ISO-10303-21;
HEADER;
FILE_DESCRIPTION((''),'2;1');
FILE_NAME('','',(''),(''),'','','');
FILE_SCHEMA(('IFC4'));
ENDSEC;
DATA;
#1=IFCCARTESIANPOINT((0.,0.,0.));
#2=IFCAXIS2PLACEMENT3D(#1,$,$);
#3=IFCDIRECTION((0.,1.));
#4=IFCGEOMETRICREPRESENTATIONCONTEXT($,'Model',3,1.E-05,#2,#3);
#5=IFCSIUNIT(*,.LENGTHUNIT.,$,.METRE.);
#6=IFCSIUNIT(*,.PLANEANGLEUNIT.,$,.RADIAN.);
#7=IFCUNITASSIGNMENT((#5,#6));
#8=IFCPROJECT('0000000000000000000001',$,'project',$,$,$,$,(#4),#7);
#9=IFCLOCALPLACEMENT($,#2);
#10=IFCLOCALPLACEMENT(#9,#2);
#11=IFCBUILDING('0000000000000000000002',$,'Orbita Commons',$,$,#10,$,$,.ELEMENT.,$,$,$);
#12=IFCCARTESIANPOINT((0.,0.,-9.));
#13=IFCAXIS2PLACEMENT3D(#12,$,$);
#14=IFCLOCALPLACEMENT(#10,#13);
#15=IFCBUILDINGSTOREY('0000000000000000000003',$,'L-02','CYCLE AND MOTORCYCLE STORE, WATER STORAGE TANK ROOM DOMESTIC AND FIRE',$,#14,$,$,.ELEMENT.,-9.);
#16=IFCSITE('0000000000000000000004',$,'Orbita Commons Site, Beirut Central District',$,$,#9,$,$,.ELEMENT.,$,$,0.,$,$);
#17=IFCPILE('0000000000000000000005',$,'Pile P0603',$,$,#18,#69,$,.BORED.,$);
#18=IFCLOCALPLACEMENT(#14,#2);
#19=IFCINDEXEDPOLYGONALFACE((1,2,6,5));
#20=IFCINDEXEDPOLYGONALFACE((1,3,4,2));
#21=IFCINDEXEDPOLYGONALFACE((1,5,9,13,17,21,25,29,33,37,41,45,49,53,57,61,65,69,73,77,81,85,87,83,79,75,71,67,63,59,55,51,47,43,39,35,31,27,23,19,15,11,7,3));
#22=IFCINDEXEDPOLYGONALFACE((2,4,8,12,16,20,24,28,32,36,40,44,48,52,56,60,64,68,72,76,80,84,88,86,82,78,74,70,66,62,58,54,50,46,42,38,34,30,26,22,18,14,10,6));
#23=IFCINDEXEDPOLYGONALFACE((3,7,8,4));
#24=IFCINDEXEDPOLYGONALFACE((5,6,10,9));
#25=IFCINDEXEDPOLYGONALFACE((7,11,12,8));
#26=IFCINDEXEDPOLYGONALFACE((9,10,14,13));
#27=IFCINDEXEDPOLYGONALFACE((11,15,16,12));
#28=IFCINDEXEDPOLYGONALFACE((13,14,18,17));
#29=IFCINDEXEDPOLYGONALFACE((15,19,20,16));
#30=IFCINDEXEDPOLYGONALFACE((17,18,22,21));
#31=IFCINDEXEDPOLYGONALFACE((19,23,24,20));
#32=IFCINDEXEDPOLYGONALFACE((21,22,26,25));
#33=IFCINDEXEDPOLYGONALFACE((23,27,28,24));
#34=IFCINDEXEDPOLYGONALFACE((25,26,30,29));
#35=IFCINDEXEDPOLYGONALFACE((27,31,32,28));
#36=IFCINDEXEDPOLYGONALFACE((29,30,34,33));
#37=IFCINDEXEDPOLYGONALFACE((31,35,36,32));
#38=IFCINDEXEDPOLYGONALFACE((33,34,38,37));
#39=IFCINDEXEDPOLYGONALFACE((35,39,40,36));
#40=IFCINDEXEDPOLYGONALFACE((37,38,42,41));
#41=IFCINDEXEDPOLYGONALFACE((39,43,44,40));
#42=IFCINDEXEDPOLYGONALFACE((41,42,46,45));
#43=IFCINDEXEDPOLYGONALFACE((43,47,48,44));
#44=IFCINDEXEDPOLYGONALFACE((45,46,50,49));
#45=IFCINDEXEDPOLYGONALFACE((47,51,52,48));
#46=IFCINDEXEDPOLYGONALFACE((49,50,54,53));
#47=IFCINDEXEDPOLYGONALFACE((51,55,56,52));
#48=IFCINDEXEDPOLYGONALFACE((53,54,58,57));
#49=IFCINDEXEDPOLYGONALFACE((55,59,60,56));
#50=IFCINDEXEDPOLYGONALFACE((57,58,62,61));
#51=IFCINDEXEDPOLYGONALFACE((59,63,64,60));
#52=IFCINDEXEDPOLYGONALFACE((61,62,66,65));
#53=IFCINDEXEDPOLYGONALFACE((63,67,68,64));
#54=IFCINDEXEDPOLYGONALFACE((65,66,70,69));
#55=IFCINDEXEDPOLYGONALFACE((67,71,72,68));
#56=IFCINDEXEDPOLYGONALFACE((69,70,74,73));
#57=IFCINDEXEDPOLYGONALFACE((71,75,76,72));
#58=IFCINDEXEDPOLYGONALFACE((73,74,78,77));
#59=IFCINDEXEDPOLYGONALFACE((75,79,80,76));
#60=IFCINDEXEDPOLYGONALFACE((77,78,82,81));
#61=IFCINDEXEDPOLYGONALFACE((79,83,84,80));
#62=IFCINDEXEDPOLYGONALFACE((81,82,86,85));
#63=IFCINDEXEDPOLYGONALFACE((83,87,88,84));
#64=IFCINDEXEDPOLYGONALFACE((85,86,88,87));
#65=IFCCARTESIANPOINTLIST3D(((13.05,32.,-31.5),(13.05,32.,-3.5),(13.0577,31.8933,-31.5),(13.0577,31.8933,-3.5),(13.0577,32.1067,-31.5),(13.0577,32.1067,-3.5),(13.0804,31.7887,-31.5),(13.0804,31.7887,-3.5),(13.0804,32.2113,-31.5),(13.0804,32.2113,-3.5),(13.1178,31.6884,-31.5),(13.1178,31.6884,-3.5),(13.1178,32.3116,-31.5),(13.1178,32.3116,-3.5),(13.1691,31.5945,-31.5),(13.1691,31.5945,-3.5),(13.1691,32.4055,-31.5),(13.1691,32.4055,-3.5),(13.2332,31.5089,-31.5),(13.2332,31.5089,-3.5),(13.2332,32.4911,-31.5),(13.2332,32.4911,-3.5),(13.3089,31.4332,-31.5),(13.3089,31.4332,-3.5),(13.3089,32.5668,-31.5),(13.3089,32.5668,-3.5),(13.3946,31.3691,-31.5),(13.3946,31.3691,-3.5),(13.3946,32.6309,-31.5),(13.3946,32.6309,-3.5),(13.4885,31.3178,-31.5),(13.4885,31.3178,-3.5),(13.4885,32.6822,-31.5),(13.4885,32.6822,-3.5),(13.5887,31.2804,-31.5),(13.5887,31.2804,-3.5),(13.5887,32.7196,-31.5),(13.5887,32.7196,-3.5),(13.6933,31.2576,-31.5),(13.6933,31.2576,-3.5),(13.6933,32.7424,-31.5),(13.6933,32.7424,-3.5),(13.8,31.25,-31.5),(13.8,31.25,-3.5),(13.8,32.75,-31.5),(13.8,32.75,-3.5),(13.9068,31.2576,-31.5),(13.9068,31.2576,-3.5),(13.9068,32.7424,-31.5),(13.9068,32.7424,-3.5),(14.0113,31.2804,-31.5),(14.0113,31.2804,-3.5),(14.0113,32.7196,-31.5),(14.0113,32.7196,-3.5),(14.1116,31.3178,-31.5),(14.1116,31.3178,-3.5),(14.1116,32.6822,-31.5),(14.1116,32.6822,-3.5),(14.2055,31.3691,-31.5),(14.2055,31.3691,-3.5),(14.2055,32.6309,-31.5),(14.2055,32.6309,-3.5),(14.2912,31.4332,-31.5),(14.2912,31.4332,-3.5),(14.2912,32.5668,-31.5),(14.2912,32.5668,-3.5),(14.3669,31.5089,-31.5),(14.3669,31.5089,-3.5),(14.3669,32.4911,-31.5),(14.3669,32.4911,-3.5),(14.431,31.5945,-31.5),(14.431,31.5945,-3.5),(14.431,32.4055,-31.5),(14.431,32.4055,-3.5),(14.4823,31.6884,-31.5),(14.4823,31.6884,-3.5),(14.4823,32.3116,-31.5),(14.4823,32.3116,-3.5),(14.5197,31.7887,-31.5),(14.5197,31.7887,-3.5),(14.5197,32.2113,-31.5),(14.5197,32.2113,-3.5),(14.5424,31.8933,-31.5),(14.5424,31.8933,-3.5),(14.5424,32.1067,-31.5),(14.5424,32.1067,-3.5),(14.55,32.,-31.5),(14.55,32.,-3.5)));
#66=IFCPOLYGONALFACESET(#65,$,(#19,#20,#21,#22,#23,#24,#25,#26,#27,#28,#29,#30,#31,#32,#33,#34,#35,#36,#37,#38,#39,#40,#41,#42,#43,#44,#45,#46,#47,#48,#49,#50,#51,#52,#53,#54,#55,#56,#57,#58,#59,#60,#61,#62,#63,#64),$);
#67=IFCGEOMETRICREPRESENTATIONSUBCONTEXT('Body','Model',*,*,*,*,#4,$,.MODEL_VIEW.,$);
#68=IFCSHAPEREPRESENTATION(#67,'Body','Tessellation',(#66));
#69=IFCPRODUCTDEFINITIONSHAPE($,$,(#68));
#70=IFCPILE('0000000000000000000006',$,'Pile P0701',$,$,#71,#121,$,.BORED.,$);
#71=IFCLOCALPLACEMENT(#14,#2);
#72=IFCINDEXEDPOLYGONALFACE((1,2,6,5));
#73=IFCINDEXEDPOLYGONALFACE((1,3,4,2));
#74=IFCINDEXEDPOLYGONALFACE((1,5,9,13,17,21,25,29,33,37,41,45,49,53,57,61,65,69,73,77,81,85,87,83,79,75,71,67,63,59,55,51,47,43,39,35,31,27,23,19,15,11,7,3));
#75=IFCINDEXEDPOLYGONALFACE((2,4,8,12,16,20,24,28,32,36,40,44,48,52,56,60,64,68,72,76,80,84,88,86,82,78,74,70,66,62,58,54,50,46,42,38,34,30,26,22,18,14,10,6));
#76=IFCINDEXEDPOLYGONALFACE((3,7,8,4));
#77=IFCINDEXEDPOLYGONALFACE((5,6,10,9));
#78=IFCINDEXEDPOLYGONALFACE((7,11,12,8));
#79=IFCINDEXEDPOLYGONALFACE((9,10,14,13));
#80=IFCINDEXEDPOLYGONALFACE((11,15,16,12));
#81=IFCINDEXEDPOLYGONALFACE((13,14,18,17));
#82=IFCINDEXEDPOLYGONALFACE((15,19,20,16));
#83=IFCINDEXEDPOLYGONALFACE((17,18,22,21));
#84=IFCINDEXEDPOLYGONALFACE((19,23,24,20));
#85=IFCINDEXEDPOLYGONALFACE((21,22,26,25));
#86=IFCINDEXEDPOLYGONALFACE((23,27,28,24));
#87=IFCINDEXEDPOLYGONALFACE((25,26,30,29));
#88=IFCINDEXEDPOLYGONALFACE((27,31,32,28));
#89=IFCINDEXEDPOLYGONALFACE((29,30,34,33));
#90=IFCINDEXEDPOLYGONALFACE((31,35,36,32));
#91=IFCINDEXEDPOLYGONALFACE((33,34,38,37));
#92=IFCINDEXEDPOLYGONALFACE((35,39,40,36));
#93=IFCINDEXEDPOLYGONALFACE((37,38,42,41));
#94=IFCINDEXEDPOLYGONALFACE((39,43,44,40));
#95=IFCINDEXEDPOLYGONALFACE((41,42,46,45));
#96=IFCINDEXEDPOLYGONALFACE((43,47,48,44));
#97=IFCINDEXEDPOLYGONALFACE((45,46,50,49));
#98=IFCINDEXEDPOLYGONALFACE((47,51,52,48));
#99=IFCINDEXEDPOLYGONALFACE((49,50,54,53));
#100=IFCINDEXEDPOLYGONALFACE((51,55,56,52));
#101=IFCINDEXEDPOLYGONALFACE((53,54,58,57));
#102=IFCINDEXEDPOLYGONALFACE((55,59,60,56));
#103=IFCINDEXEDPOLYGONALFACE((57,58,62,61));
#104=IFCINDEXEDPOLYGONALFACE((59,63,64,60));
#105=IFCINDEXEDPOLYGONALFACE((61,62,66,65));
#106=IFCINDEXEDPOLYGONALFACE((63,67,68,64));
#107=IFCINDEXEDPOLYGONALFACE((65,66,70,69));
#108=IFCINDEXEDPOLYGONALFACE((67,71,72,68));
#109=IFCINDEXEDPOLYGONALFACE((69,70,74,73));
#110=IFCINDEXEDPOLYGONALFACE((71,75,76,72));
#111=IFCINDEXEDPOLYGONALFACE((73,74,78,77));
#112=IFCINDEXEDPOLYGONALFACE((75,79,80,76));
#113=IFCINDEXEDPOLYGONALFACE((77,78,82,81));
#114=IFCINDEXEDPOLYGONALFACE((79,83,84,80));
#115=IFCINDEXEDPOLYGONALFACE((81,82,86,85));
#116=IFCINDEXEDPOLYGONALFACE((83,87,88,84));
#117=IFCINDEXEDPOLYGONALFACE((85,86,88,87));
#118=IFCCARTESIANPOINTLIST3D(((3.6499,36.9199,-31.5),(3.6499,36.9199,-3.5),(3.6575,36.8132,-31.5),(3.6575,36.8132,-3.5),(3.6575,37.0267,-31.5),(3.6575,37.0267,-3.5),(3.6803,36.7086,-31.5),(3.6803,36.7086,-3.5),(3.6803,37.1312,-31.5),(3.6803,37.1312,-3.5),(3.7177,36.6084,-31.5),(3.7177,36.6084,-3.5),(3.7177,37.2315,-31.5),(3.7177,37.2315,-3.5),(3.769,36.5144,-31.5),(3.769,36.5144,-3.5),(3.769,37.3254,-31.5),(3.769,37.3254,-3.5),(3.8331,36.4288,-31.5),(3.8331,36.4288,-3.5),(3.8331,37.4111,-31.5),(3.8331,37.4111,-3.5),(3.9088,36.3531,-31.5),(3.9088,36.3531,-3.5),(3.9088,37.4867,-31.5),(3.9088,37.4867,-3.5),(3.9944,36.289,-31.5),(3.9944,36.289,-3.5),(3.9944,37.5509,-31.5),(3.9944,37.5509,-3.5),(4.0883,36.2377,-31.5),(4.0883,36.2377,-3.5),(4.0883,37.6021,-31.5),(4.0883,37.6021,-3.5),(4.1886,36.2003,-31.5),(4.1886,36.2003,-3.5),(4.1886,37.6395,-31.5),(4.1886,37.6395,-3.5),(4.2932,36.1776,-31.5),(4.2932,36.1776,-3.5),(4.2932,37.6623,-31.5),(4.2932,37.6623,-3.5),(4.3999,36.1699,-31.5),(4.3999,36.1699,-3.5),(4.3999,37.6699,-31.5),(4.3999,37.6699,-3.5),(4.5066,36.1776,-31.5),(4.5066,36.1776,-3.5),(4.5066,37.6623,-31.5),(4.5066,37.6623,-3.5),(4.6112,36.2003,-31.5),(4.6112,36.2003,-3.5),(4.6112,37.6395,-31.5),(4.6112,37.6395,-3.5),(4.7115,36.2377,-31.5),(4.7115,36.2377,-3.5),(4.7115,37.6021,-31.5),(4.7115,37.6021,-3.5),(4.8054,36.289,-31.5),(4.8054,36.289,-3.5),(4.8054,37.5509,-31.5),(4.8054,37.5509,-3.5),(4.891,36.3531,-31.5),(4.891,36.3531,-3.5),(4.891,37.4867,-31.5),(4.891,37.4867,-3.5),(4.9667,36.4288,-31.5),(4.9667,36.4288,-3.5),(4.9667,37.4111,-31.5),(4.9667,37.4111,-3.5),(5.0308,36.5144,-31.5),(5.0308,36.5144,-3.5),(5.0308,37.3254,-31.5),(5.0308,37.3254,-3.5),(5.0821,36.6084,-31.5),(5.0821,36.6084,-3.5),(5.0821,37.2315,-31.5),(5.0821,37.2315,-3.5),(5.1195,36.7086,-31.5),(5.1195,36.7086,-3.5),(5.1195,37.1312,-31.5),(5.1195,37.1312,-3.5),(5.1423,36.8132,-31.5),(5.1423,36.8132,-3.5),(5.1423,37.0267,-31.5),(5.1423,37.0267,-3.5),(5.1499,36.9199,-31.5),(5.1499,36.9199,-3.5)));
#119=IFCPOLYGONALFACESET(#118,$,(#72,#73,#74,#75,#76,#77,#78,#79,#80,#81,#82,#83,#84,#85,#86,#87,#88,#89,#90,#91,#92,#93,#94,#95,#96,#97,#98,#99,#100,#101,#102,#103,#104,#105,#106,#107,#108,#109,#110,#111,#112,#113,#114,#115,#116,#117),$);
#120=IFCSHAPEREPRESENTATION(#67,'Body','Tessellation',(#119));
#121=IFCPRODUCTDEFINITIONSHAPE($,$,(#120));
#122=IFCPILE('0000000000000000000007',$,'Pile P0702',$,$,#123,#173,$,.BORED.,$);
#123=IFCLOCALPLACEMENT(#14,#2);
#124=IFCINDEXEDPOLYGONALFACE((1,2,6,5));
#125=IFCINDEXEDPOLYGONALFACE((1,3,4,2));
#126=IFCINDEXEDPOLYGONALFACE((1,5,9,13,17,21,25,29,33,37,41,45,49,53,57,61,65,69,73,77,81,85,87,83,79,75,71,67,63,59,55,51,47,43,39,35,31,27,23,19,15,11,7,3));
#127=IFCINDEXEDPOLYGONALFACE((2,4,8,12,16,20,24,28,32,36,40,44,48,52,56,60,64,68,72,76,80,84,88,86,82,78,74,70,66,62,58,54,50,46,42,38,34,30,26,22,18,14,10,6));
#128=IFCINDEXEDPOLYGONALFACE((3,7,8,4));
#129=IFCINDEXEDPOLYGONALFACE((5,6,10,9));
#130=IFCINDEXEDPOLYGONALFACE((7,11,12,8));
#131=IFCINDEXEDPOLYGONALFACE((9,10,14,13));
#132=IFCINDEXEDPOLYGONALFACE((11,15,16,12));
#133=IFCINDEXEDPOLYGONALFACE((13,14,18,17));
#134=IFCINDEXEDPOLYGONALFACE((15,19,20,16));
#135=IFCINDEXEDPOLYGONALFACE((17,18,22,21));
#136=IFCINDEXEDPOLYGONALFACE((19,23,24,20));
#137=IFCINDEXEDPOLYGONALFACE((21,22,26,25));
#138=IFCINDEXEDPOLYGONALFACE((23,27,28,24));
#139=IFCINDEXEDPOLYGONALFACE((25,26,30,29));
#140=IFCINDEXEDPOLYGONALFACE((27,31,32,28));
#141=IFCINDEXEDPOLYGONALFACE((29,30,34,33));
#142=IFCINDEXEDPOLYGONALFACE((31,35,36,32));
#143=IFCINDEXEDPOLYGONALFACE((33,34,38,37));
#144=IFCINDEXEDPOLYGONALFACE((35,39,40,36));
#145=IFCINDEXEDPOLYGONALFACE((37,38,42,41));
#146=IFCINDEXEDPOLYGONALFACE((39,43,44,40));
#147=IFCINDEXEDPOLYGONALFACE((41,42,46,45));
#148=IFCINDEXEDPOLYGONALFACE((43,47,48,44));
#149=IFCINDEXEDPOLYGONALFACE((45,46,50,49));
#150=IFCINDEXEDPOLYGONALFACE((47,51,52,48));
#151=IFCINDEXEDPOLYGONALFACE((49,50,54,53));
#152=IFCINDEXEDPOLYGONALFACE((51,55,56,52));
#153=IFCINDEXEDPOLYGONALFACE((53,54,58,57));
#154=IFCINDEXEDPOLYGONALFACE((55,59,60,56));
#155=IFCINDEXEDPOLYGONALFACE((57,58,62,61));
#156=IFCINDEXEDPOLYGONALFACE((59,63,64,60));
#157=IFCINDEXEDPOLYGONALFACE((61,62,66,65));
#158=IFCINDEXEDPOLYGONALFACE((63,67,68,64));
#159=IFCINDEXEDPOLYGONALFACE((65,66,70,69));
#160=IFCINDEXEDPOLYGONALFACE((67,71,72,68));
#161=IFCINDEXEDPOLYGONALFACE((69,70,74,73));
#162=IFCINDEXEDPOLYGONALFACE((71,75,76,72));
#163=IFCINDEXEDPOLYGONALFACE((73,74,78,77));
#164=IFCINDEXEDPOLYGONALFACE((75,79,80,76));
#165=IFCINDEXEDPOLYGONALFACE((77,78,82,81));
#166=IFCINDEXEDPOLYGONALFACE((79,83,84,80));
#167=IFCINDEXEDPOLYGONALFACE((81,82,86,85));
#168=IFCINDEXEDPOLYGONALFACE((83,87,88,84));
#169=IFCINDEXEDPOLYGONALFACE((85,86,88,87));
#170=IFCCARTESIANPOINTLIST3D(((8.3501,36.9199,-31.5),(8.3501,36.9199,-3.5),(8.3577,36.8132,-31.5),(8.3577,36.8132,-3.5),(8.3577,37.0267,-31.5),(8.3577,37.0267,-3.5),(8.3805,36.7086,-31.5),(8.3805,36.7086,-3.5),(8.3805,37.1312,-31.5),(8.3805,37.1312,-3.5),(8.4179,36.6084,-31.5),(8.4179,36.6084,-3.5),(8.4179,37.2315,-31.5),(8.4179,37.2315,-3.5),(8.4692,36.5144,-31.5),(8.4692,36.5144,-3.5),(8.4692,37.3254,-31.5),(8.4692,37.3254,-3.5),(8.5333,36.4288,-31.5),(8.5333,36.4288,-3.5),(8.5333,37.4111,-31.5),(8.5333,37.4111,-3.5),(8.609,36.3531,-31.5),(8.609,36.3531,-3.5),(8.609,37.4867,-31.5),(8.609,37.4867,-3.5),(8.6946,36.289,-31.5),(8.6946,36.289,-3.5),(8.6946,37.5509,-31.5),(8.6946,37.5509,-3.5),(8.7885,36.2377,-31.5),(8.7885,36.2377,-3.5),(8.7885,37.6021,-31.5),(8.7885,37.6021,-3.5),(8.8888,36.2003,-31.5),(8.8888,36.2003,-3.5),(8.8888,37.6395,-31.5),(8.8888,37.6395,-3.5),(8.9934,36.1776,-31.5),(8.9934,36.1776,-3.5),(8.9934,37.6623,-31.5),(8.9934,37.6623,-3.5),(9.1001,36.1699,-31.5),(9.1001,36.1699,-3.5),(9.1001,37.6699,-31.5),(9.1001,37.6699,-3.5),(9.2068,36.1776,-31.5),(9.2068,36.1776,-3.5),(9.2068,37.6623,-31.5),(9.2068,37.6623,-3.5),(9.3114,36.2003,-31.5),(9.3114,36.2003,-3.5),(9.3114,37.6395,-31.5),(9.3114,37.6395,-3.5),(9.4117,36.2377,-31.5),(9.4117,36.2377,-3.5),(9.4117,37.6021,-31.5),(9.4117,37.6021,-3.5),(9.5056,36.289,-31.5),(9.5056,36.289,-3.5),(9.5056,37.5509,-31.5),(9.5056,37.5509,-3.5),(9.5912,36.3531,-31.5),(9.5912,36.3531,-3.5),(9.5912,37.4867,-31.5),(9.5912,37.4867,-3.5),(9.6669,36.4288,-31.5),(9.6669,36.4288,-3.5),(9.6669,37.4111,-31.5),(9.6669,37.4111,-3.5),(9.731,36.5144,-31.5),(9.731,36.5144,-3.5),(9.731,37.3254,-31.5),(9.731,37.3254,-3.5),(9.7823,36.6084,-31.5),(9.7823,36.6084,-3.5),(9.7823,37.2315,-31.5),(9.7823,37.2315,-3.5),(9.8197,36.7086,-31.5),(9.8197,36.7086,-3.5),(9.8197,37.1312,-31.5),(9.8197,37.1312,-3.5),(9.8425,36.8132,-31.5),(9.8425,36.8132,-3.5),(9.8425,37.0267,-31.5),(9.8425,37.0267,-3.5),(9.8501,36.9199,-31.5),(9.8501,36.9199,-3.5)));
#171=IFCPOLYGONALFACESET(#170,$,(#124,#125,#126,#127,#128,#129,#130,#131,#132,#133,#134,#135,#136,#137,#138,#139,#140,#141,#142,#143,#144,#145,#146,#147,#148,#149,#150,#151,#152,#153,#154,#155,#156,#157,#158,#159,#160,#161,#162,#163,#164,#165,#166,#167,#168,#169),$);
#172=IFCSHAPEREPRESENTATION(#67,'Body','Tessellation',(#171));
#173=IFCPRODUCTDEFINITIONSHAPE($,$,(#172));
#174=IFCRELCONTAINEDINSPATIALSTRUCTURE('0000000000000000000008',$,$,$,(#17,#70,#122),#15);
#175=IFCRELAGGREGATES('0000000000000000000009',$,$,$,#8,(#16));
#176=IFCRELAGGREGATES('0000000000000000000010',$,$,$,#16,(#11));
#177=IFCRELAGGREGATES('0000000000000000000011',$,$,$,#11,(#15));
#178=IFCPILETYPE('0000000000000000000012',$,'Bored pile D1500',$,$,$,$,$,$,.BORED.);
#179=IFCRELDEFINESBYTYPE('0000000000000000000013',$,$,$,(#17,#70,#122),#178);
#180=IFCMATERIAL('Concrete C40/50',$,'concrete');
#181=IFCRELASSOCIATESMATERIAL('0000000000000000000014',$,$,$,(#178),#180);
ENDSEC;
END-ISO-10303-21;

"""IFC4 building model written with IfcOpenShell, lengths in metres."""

from ifc_helpers import new_model, si_unit, direction, frame, origin, origin_2d, place, context, subcontext, project, spatial, circle, extrude, material, material_profile, profile_set, type_object, element, save


model = new_model("IFC4")

# Units and contexts
model_context = context("Model", 3, precision=1e-05, world=origin(), true_north=direction((0.0, 1.0)))
body_context = subcontext(model_context, "Body", "Model", "MODEL_VIEW")
ifc_project = project(units=[si_unit("LENGTHUNIT", "METRE"), si_unit("PLANEANGLEUNIT", "RADIAN")], contexts=[model_context])

# Site, building, storey
site_placement = place(None, origin())
site = spatial("IfcSite", under=ifc_project, at=site_placement, Name="Orbita Commons Site, Beirut Central District", CompositionType="ELEMENT", RefElevation=0.0)
building_placement = place(site_placement, origin())
building = spatial("IfcBuilding", under=site, at=building_placement, Name="Orbita Commons", CompositionType="ELEMENT")
storey_placement = place(building_placement, frame((0.0, 0.0, -9.0)))
storey = spatial("IfcBuildingStorey", under=building, at=storey_placement, Name="L-02", Description="CYCLE AND MOTORCYCLE STORE, WATER STORAGE TANK ROOM DOMESTIC AND FIRE", CompositionType="ELEMENT", Elevation=-9.0)

# Piles
ifc_material_1 = material(Name="Concrete C40/50", Category="concrete")
ifc_material_profile_1 = material_profile(ifc_material_1, circle(Radius=0.75, at=origin_2d()), Name="RC D1500")
ifc_profile_set_1 = profile_set([ifc_material_profile_1], Name="Concrete C40/50")
pile_type = type_object("IfcPileType", Name="Bored pile D1500", PredefinedType="BORED", material=ifc_profile_set_1)
for number, where, z_axis, x_axis, name in (
    (1, (13.8, 32.0, -3.5), (0.0, 0.0, -1.0), (1.0, 0.0, 0.0), "Pile P0603"),
    (2, (4.3999, 36.9199, -3.5), (0.0, 0.0, -1.0), (1.0, 0.0, 0.0), "Pile P0701"),
    (3, (9.1001, 36.9199, -3.5), (0.0, 0.0, -1.0), (1.0, 0.0, 0.0), "Pile P0702"),
):
    element("IfcPile", number, at=place(storey_placement, frame(where, z_axis=z_axis, x_axis=x_axis)), inside=storey, type_object=pile_type, Name=name, PredefinedType="BORED", context=body_context, shape_type="SweptSolid", body=[
        extrude(circle(Radius=0.75, at=origin_2d()), origin(), (0.0, 0.0, 1.0), 28.0),
    ])

save(model, "model.ifc")
